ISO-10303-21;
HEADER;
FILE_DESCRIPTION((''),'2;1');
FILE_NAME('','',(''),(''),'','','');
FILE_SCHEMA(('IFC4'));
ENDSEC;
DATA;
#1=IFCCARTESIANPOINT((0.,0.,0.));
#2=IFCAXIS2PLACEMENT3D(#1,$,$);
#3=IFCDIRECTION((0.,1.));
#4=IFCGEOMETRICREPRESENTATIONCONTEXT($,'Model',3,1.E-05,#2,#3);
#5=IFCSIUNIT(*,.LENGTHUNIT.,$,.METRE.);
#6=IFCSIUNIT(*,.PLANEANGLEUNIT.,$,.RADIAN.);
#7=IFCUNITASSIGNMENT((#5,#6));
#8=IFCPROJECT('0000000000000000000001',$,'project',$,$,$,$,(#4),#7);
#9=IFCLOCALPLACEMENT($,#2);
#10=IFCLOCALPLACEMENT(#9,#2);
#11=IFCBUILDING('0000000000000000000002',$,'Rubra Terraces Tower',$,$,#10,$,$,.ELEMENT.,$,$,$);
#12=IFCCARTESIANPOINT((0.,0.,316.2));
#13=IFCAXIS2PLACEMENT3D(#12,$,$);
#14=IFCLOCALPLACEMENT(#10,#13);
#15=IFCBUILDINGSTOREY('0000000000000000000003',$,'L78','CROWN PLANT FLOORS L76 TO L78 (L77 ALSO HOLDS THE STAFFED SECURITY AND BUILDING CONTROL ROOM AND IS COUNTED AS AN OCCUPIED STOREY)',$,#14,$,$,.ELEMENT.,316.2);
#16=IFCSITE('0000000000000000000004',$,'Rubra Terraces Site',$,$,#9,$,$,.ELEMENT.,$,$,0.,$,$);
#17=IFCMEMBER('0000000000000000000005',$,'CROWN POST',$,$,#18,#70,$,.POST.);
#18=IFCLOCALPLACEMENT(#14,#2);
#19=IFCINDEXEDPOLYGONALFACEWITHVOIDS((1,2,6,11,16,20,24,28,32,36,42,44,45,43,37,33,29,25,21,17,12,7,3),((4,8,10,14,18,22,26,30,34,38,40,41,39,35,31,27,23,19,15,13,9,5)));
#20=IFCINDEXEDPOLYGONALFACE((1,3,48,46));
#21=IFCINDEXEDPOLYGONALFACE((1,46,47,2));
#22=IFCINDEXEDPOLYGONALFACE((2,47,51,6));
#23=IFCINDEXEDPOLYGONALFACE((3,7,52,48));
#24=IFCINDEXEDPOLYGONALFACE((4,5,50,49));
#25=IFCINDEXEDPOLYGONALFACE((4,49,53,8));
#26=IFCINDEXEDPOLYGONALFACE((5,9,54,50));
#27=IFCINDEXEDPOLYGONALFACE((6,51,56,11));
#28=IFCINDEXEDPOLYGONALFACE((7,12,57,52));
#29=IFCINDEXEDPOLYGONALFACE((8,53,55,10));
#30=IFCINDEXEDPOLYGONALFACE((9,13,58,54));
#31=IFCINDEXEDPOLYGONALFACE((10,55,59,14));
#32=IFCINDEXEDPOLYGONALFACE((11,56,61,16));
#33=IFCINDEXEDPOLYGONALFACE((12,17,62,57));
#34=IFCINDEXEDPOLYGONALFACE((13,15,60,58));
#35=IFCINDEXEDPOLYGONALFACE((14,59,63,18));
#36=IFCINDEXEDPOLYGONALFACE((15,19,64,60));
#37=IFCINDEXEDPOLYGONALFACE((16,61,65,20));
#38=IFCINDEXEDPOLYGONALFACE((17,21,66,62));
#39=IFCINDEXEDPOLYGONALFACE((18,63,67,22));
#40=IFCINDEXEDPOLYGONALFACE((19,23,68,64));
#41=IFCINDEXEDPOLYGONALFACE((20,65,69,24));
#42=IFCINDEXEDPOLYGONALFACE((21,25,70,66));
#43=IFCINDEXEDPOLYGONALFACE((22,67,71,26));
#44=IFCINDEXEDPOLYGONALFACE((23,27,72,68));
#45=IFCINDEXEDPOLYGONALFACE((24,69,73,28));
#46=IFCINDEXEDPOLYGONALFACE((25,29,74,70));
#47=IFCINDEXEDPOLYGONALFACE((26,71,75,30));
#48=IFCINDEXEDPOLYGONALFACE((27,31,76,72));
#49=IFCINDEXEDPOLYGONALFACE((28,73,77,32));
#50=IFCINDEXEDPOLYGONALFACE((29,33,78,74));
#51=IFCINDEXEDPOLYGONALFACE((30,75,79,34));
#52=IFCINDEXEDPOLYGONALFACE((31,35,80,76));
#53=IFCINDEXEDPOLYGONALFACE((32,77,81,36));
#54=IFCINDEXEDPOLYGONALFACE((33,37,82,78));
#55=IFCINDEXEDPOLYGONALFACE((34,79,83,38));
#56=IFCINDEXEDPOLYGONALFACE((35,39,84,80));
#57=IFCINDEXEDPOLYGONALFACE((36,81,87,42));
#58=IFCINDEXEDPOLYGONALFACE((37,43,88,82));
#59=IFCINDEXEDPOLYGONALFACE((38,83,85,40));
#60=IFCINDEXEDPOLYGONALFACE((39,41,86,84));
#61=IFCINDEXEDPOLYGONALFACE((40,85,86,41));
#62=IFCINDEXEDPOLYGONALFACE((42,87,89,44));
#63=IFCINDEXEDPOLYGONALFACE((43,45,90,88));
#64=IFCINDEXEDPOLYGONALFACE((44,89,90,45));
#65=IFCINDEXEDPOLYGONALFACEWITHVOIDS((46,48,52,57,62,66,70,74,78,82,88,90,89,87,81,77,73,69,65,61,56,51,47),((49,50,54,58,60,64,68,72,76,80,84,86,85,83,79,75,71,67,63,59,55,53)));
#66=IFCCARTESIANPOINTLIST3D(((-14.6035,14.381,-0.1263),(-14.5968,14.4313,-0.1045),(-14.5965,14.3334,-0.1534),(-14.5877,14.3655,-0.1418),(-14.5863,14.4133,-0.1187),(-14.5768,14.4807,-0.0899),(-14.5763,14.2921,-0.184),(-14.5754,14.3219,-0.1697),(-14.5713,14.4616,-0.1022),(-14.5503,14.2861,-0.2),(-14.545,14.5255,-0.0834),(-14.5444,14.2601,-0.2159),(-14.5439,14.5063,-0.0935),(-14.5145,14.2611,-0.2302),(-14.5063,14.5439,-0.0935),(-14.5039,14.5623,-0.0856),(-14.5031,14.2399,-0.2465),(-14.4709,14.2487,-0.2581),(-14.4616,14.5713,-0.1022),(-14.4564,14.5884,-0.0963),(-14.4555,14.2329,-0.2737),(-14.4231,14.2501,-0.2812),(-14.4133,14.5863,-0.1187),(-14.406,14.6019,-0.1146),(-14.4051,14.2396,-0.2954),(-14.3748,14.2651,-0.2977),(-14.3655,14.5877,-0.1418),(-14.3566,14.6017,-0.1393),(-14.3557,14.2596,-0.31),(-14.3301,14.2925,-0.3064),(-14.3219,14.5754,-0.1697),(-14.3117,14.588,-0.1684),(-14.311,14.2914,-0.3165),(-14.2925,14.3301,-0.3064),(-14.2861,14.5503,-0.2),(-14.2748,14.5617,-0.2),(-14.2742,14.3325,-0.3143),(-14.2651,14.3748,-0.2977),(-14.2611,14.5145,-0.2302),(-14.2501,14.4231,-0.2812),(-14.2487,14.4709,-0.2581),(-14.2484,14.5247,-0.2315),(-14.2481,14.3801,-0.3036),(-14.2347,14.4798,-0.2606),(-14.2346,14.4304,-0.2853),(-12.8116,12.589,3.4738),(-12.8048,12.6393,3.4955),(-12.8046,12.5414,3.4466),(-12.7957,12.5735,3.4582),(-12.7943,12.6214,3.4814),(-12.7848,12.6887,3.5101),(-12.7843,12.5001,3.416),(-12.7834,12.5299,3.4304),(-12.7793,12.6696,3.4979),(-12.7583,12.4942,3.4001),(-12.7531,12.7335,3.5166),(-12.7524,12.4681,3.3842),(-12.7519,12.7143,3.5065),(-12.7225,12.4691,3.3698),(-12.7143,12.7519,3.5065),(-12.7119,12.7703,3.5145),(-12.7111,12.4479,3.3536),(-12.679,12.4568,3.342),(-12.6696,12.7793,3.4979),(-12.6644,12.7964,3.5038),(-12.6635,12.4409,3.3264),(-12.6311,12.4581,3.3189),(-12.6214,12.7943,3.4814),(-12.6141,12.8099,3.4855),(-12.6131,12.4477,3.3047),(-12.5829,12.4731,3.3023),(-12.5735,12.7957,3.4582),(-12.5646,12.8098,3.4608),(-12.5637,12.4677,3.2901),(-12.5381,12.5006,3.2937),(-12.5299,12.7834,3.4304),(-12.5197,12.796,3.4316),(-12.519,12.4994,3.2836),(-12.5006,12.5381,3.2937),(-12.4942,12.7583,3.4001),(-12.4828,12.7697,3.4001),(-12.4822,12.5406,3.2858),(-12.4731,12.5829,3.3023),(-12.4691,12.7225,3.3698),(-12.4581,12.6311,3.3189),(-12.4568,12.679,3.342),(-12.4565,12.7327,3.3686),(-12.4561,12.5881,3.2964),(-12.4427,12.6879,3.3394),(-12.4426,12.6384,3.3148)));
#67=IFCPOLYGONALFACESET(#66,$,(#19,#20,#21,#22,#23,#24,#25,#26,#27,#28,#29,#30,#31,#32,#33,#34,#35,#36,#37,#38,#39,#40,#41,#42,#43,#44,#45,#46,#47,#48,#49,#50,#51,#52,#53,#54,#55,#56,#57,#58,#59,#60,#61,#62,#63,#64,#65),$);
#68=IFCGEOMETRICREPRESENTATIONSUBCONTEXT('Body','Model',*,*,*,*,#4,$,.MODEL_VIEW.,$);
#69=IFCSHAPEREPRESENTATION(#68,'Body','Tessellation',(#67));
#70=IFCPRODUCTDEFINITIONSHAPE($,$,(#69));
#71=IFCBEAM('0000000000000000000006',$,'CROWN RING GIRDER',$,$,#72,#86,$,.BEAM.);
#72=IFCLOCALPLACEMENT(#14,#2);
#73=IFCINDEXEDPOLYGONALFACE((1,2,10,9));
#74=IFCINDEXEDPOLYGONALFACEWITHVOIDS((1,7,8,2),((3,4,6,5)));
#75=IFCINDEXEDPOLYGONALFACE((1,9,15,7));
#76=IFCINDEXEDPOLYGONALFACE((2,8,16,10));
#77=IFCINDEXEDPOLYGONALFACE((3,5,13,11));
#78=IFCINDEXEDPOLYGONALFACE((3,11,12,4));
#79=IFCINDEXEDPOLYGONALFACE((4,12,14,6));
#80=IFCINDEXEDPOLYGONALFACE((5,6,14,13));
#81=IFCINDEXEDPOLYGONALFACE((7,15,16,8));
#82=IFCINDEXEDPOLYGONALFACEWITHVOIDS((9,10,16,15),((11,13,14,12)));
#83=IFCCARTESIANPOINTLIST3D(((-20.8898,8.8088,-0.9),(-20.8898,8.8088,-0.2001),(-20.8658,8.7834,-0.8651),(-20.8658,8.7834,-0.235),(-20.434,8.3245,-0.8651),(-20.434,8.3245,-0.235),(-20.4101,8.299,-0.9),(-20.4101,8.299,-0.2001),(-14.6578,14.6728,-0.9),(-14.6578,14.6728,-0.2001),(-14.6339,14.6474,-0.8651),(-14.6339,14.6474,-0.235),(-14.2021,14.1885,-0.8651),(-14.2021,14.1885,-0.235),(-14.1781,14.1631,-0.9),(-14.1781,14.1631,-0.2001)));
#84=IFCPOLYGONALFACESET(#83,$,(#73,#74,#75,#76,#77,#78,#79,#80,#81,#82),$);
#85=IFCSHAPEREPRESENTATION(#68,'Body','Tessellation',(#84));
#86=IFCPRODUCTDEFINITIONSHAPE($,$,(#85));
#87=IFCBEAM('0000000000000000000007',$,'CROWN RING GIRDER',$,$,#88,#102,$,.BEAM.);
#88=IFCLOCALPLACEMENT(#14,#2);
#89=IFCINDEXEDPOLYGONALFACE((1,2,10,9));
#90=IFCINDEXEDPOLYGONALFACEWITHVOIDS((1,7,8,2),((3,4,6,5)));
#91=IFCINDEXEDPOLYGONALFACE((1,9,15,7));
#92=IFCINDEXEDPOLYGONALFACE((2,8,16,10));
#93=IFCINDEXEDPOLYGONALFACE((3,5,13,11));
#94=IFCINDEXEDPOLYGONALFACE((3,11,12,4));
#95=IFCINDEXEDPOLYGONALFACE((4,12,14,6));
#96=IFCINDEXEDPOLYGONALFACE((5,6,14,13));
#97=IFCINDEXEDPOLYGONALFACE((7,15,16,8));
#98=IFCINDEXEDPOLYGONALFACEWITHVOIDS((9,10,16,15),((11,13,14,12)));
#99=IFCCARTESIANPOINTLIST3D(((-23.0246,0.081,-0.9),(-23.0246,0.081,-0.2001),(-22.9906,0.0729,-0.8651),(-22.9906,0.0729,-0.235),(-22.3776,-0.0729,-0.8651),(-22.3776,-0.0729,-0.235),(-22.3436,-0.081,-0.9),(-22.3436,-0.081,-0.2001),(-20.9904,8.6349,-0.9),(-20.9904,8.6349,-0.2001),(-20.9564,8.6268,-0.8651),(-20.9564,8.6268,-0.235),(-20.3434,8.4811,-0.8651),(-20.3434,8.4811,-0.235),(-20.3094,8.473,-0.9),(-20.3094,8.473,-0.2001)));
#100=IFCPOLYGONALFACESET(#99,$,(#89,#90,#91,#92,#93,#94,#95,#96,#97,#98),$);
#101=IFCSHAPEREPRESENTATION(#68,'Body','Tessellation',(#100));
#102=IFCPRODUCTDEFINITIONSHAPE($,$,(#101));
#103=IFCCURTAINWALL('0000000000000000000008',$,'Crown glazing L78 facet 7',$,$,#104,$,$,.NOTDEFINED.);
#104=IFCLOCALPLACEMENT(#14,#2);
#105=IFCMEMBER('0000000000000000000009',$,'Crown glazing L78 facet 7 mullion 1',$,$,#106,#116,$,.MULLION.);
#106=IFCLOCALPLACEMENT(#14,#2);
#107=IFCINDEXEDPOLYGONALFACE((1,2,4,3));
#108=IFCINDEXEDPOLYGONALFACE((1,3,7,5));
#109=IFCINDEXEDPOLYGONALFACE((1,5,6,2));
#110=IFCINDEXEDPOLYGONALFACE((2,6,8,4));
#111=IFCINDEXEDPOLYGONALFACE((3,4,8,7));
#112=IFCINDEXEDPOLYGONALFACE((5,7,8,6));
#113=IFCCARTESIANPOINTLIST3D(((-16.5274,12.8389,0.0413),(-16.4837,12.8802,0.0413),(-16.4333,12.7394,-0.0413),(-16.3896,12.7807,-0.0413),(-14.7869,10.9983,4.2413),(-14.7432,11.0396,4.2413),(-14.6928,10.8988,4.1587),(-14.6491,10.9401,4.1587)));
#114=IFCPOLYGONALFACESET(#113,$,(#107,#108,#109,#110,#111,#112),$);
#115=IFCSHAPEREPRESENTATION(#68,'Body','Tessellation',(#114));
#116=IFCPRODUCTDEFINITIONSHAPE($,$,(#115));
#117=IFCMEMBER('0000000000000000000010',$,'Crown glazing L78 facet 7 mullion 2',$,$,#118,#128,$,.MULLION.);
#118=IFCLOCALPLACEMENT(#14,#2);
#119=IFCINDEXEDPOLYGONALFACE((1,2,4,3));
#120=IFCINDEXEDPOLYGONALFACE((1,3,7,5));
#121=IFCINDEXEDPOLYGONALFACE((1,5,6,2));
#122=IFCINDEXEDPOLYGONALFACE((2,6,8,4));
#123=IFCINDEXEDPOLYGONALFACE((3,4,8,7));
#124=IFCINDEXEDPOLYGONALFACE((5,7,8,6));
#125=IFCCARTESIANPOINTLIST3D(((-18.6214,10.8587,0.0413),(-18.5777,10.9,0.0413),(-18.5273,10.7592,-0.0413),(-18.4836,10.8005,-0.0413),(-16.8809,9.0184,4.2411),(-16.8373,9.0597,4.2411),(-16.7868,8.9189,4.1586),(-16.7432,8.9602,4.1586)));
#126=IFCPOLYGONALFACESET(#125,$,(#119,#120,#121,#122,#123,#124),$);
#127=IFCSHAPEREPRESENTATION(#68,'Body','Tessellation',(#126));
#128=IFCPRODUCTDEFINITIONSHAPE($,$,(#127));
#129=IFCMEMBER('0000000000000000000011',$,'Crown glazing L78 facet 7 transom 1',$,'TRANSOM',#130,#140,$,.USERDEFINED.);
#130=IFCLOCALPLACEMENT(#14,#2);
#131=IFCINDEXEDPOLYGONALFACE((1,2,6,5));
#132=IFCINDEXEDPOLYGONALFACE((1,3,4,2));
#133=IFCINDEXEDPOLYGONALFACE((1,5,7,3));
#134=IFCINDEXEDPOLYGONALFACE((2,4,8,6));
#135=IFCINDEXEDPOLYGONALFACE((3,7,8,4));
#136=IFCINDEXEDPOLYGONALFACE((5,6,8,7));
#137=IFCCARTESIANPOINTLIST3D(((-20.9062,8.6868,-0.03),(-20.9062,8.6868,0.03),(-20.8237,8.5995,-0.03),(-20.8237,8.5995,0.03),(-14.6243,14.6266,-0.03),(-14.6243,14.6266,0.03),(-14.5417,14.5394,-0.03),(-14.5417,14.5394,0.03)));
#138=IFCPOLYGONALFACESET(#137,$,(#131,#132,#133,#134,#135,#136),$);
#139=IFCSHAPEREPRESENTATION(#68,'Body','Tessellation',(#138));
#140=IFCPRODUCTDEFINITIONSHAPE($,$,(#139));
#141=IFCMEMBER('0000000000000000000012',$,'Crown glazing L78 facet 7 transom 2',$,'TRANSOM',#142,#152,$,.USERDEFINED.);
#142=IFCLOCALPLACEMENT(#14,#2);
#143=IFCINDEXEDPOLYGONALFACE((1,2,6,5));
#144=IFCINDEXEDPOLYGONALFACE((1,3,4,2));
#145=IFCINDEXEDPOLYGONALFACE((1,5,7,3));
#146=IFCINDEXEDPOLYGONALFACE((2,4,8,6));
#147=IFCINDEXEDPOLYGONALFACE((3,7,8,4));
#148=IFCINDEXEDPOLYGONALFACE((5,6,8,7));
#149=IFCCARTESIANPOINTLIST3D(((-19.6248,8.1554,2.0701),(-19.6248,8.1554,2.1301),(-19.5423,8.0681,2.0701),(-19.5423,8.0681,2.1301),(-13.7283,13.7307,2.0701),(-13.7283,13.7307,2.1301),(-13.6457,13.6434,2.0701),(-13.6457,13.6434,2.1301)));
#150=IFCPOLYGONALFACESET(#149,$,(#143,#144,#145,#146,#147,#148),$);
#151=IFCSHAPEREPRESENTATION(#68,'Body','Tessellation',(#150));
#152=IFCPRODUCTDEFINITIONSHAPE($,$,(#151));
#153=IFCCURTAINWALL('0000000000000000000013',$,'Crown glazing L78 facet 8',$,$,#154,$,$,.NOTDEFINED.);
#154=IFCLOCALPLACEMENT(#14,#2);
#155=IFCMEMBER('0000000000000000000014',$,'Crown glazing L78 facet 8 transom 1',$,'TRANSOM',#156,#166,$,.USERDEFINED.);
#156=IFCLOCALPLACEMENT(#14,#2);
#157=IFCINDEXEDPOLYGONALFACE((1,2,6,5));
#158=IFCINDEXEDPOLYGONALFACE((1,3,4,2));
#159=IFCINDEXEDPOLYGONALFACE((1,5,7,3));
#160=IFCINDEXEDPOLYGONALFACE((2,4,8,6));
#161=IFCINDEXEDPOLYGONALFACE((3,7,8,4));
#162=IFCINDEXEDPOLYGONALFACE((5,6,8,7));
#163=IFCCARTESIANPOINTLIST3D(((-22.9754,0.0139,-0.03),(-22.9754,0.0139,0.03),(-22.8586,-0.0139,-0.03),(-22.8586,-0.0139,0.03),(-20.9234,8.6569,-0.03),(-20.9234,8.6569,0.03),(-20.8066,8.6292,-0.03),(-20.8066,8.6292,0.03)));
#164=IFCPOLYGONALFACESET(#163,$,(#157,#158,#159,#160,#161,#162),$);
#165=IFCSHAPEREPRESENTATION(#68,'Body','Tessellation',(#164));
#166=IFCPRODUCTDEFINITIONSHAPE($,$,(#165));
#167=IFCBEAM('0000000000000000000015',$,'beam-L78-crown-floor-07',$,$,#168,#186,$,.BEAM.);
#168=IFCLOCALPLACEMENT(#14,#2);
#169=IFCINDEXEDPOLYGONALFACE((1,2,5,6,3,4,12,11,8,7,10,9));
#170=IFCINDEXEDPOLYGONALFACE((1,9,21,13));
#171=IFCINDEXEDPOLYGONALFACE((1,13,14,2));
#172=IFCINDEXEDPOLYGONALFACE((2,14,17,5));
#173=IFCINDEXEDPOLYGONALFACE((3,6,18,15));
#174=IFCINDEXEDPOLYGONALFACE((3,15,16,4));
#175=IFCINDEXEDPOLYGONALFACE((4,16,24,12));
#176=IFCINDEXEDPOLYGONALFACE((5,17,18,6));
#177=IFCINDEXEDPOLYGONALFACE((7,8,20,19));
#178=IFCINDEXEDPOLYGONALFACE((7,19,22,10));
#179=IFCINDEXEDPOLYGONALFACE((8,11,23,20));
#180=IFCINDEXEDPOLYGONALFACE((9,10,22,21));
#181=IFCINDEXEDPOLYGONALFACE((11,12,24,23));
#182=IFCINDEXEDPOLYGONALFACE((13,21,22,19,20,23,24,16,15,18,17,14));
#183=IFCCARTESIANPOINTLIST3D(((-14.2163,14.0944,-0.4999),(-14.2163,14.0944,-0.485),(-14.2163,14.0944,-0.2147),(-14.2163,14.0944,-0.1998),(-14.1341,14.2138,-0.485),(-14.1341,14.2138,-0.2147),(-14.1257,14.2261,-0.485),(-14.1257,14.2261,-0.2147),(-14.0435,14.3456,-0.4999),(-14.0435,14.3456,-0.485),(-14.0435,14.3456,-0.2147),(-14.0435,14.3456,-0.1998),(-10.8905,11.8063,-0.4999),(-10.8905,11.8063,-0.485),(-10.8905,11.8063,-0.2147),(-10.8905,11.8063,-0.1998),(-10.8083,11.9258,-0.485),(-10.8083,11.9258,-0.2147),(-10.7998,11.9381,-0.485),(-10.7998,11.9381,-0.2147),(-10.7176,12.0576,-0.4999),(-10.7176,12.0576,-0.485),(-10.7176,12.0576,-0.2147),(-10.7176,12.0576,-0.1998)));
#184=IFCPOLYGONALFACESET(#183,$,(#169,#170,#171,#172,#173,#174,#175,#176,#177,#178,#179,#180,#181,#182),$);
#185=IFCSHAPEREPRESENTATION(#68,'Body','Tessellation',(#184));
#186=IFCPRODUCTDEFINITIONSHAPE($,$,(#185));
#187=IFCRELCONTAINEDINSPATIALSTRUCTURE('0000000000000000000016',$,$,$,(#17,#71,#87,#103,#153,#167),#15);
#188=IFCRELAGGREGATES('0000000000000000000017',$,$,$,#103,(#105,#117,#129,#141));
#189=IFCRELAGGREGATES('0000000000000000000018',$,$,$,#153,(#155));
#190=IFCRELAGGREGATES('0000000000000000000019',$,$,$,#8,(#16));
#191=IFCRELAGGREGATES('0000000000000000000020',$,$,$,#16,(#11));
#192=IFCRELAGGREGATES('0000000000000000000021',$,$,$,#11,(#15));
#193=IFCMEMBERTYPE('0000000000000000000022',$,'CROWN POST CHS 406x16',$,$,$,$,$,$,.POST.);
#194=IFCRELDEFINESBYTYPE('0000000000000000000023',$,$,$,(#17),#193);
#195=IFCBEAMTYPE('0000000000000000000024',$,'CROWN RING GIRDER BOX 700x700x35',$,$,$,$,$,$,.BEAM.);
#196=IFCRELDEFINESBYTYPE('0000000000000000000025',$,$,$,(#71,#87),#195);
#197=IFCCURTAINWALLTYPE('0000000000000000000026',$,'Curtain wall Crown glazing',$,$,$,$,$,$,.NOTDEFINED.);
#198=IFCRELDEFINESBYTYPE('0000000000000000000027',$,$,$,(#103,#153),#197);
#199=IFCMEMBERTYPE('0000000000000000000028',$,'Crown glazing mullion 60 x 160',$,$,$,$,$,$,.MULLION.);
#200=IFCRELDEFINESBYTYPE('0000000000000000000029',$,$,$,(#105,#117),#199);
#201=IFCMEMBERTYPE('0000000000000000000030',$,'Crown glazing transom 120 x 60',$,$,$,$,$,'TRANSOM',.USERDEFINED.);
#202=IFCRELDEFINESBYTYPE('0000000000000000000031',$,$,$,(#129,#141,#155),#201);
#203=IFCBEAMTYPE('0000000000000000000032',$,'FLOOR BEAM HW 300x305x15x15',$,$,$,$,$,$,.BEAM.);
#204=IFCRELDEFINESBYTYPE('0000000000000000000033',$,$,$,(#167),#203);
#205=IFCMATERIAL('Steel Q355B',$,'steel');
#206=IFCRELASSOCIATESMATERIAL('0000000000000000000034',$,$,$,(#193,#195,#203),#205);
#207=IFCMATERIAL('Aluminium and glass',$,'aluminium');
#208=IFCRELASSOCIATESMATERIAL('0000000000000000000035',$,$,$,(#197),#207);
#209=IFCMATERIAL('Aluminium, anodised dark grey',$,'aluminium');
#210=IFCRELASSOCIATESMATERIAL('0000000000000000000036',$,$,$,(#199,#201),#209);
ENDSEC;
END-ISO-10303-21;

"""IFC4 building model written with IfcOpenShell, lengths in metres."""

from ifc_helpers import new_model, si_unit, direction, frame, origin, origin_2d, place, context, subcontext, project, spatial, rectangle, hollow_rectangle, hollow_circle, i_section, extrude, material, material_profile, profile_set, type_object, element, aggregate, save


model = new_model("IFC4")

# Units and contexts
model_context = context("Model", 3, precision=1e-05, world=origin(), true_north=direction((0.0, 1.0)))
body_context = subcontext(model_context, "Body", "Model", "MODEL_VIEW")
ifc_project = project(units=[si_unit("LENGTHUNIT", "METRE"), si_unit("PLANEANGLEUNIT", "RADIAN")], contexts=[model_context])

# Site, building, storey
site_placement = place(None, origin())
site = spatial("IfcSite", under=ifc_project, at=site_placement, Name="Rubra Terraces Site", CompositionType="ELEMENT", RefElevation=0.0)
building_placement = place(site_placement, origin())
building = spatial("IfcBuilding", under=site, at=building_placement, Name="Rubra Terraces Tower", CompositionType="ELEMENT")
storey_placement = place(building_placement, frame((0.0, 0.0, 316.2)))
storey = spatial("IfcBuildingStorey", under=building, at=storey_placement, Name="L78", Description="CROWN PLANT FLOORS L76 TO L78 (L77 ALSO HOLDS THE STAFFED SECURITY AND BUILDING CONTROL ROOM AND IS COUNTED AS AN OCCUPIED STOREY)", CompositionType="ELEMENT", Elevation=316.2)

# Member
ifc_material_1 = material(Name="Steel Q355B", Category="steel")
ifc_material_profile_1 = material_profile(ifc_material_1, hollow_circle(Radius=0.2029, WallThickness=0.0161, at=origin_2d()), Name="CHS 406x16")
ifc_profile_set_1 = profile_set([ifc_material_profile_1], Name="Steel Q355B")
member_type_1 = type_object("IfcMemberType", Name="CROWN POST CHS 406x16", PredefinedType="POST", material=ifc_profile_set_1)
member_1_placement = place(storey_placement, frame((-14.4182, 14.4182, -0.2), z_axis=(0.407027, -0.407027, 0.817715), x_axis=(0.707107, 0.707107, 0.0)))
element("IfcMember", 1, at=member_1_placement, inside=storey, type_object=member_type_1, Name="CROWN POST", PredefinedType="POST", context=body_context, shape_type="SweptSolid", body=[
    extrude(hollow_circle(Radius=0.2029, WallThickness=0.0161, at=origin_2d()), origin(), (0.0, 0.0, 1.0), 4.4026),
])

# Beams
ifc_material_profile_2 = material_profile(ifc_material_1, hollow_rectangle(XDim=0.7, YDim=0.7, WallThickness=0.0349, at=origin_2d()), Name="BOX 700x700x35")
ifc_profile_set_2 = profile_set([ifc_material_profile_2], Name="Steel Q355B")
beam_type_1 = type_object("IfcBeamType", Name="CROWN RING GIRDER BOX 700x700x35", PredefinedType="BEAM", material=ifc_profile_set_2)
beam_1_placement = place(storey_placement, frame((-14.418, 14.418, -0.55), z_axis=(-0.728278, -0.685282, 0.0), x_axis=(0.685282, -0.728278, 0.0)))
element("IfcBeam", 2, at=beam_1_placement, inside=storey, type_object=beam_type_1, Name="CROWN RING GIRDER", PredefinedType="BEAM", context=body_context, shape_type="SweptSolid", body=[
    extrude(hollow_rectangle(XDim=0.7, YDim=0.7, WallThickness=0.0349, at=origin_2d()), origin(), (0.0, 0.0, 1.0), 8.5571),
])
beam_2_placement = place(storey_placement, frame((-20.6499, 8.554, -0.55), z_axis=(-0.231354, -0.97287, 0.0), x_axis=(0.97287, -0.231354, 0.0)))
element("IfcBeam", 3, at=beam_2_placement, inside=storey, type_object=beam_type_1, Name="CROWN RING GIRDER", PredefinedType="BEAM", context=body_context, shape_type="SweptSolid", body=[
    extrude(hollow_rectangle(XDim=0.7, YDim=0.7, WallThickness=0.0349, at=origin_2d()), origin(), (0.0, 0.0, 1.0), 8.7925),
])

# Curtain wall, members
ifc_material_2 = material(Name="Aluminium and glass", Category="aluminium")
curtain_wall_type = type_object("IfcCurtainWallType", Name="Curtain wall Crown glazing", PredefinedType="NOTDEFINED", material=ifc_material_2)
curtain_wall_1_placement = place(storey_placement, origin())
curtain_wall_1 = element("IfcCurtainWall", 4, at=curtain_wall_1_placement, inside=storey, type_object=curtain_wall_type, Name="Crown glazing L78 facet 7", PredefinedType="NOTDEFINED")
ifc_material_3 = material(Name="Aluminium, anodised dark grey", Category="aluminium")
ifc_material_profile_3 = material_profile(ifc_material_3, rectangle(XDim=0.0601, YDim=0.1599, at=origin_2d()), Name="AL 60x160")
ifc_profile_set_3 = profile_set([ifc_material_profile_3], Name="Aluminium, anodised dark grey")
member_type_2 = type_object("IfcMemberType", Name="Crown glazing mullion 60 x 160", PredefinedType="MULLION", material=ifc_profile_set_3)
member_2_placement = place(storey_placement, frame((-16.4585, 12.8098, 0.0), z_axis=(0.354856, -0.375264, 0.856303), x_axis=(0.726588, 0.687073, 0.0)))
member_2 = element("IfcMember", 5, at=member_2_placement, type_object=member_type_2, Name="Crown glazing L78 facet 7 mullion 1", PredefinedType="MULLION", context=body_context, shape_type="SweptSolid", body=[
    extrude(rectangle(XDim=0.0601, YDim=0.1599, at=origin_2d()), origin(), (0.0, 0.0, 1.0), 4.9048),
])
member_3_placement = place(storey_placement, frame((-18.5525, 10.8296, 0.0), z_axis=(0.354862, -0.375221, 0.856319), x_axis=(0.726543, 0.687121, 0.0)))
member_3 = element("IfcMember", 6, at=member_3_placement, type_object=member_type_2, Name="Crown glazing L78 facet 7 mullion 2", PredefinedType="MULLION", context=body_context, shape_type="SweptSolid", body=[
    extrude(rectangle(XDim=0.0601, YDim=0.1599, at=origin_2d()), origin(), (0.0, 0.0, 1.0), 4.9045),
])
ifc_material_profile_4 = material_profile(ifc_material_3, rectangle(XDim=0.1201, YDim=0.0601, at=origin_2d()), Name="AL 120x60")
ifc_profile_set_4 = profile_set([ifc_material_profile_4], Name="Aluminium, anodised dark grey")
member_type_3 = type_object("IfcMemberType", Name="Crown glazing transom 120 x 60", ElementType="TRANSOM", PredefinedType="USERDEFINED", material=ifc_profile_set_4)
member_4_placement = place(storey_placement, frame((-14.583, 14.583, 0.0), z_axis=(-0.726611, -0.687049, 0.0), x_axis=(0.687049, -0.726611, 0.0)))
member_4 = element("IfcMember", 7, at=member_4_placement, type_object=member_type_3, Name="Crown glazing L78 facet 7 transom 1", ObjectType="TRANSOM", PredefinedType="USERDEFINED", context=body_context, shape_type="SweptSolid", body=[
    extrude(rectangle(XDim=0.1201, YDim=0.0601, at=origin_2d()), origin(), (0.0, 0.0, 1.0), 8.6455),
])
member_5_placement = place(storey_placement, frame((-13.687, 13.687, 2.1001), z_axis=(-0.726626, -0.687033, 0.0), x_axis=(0.687033, -0.726626, 0.0)))
member_5 = element("IfcMember", 8, at=member_5_placement, type_object=member_type_3, Name="Crown glazing L78 facet 7 transom 2", ObjectType="TRANSOM", PredefinedType="USERDEFINED", context=body_context, shape_type="SweptSolid", body=[
    extrude(rectangle(XDim=0.1201, YDim=0.0601, at=origin_2d()), origin(), (0.0, 0.0, 1.0), 8.115),
])

# Curtain wall, member
curtain_wall_2_placement = place(storey_placement, origin())
curtain_wall_2 = element("IfcCurtainWall", 9, at=curtain_wall_2_placement, inside=storey, type_object=curtain_wall_type, Name="Crown glazing L78 facet 8", PredefinedType="NOTDEFINED")
member_6_placement = place(storey_placement, frame((-20.865, 8.6431, 0.0), z_axis=(-0.230995, -0.972955, 0.0), x_axis=(0.972955, -0.230995, 0.0)))
member_6 = element("IfcMember", 10, at=member_6_placement, type_object=member_type_3, Name="Crown glazing L78 facet 8 transom 1", ObjectType="TRANSOM", PredefinedType="USERDEFINED", context=body_context, shape_type="SweptSolid", body=[
    extrude(rectangle(XDim=0.1201, YDim=0.0601, at=origin_2d()), origin(), (0.0, 0.0, 1.0), 8.8833),
])

# Beam
ifc_material_profile_5 = material_profile(ifc_material_1, i_section(OverallWidth=0.3049, OverallDepth=0.3, WebThickness=0.0149, FlangeThickness=0.0149, at=origin_2d()), Name="HW 300x305x15x15")
ifc_profile_set_5 = profile_set([ifc_material_profile_5], Name="Steel Q355B")
beam_type_2 = type_object("IfcBeamType", Name="FLOOR BEAM HW 300x305x15x15", PredefinedType="BEAM", material=ifc_profile_set_5)
beam_3_placement = place(storey_placement, frame((-14.1299, 14.22, -0.3499), z_axis=(0.823867, -0.566783, 0.0), x_axis=(0.566783, 0.823867, 0.0)))
element("IfcBeam", 11, at=beam_3_placement, inside=storey, type_object=beam_type_2, Name="beam-L78-crown-floor-07", PredefinedType="BEAM", context=body_context, shape_type="SweptSolid", body=[
    extrude(i_section(OverallWidth=0.3049, OverallDepth=0.3, WebThickness=0.0149, FlangeThickness=0.0149, at=origin_2d()), origin(), (0.0, 0.0, 1.0), 4.0369),
])

aggregate(curtain_wall_1, [member_2, member_3, member_4, member_5])
aggregate(curtain_wall_2, [member_6])

save(model, "model.ifc")
